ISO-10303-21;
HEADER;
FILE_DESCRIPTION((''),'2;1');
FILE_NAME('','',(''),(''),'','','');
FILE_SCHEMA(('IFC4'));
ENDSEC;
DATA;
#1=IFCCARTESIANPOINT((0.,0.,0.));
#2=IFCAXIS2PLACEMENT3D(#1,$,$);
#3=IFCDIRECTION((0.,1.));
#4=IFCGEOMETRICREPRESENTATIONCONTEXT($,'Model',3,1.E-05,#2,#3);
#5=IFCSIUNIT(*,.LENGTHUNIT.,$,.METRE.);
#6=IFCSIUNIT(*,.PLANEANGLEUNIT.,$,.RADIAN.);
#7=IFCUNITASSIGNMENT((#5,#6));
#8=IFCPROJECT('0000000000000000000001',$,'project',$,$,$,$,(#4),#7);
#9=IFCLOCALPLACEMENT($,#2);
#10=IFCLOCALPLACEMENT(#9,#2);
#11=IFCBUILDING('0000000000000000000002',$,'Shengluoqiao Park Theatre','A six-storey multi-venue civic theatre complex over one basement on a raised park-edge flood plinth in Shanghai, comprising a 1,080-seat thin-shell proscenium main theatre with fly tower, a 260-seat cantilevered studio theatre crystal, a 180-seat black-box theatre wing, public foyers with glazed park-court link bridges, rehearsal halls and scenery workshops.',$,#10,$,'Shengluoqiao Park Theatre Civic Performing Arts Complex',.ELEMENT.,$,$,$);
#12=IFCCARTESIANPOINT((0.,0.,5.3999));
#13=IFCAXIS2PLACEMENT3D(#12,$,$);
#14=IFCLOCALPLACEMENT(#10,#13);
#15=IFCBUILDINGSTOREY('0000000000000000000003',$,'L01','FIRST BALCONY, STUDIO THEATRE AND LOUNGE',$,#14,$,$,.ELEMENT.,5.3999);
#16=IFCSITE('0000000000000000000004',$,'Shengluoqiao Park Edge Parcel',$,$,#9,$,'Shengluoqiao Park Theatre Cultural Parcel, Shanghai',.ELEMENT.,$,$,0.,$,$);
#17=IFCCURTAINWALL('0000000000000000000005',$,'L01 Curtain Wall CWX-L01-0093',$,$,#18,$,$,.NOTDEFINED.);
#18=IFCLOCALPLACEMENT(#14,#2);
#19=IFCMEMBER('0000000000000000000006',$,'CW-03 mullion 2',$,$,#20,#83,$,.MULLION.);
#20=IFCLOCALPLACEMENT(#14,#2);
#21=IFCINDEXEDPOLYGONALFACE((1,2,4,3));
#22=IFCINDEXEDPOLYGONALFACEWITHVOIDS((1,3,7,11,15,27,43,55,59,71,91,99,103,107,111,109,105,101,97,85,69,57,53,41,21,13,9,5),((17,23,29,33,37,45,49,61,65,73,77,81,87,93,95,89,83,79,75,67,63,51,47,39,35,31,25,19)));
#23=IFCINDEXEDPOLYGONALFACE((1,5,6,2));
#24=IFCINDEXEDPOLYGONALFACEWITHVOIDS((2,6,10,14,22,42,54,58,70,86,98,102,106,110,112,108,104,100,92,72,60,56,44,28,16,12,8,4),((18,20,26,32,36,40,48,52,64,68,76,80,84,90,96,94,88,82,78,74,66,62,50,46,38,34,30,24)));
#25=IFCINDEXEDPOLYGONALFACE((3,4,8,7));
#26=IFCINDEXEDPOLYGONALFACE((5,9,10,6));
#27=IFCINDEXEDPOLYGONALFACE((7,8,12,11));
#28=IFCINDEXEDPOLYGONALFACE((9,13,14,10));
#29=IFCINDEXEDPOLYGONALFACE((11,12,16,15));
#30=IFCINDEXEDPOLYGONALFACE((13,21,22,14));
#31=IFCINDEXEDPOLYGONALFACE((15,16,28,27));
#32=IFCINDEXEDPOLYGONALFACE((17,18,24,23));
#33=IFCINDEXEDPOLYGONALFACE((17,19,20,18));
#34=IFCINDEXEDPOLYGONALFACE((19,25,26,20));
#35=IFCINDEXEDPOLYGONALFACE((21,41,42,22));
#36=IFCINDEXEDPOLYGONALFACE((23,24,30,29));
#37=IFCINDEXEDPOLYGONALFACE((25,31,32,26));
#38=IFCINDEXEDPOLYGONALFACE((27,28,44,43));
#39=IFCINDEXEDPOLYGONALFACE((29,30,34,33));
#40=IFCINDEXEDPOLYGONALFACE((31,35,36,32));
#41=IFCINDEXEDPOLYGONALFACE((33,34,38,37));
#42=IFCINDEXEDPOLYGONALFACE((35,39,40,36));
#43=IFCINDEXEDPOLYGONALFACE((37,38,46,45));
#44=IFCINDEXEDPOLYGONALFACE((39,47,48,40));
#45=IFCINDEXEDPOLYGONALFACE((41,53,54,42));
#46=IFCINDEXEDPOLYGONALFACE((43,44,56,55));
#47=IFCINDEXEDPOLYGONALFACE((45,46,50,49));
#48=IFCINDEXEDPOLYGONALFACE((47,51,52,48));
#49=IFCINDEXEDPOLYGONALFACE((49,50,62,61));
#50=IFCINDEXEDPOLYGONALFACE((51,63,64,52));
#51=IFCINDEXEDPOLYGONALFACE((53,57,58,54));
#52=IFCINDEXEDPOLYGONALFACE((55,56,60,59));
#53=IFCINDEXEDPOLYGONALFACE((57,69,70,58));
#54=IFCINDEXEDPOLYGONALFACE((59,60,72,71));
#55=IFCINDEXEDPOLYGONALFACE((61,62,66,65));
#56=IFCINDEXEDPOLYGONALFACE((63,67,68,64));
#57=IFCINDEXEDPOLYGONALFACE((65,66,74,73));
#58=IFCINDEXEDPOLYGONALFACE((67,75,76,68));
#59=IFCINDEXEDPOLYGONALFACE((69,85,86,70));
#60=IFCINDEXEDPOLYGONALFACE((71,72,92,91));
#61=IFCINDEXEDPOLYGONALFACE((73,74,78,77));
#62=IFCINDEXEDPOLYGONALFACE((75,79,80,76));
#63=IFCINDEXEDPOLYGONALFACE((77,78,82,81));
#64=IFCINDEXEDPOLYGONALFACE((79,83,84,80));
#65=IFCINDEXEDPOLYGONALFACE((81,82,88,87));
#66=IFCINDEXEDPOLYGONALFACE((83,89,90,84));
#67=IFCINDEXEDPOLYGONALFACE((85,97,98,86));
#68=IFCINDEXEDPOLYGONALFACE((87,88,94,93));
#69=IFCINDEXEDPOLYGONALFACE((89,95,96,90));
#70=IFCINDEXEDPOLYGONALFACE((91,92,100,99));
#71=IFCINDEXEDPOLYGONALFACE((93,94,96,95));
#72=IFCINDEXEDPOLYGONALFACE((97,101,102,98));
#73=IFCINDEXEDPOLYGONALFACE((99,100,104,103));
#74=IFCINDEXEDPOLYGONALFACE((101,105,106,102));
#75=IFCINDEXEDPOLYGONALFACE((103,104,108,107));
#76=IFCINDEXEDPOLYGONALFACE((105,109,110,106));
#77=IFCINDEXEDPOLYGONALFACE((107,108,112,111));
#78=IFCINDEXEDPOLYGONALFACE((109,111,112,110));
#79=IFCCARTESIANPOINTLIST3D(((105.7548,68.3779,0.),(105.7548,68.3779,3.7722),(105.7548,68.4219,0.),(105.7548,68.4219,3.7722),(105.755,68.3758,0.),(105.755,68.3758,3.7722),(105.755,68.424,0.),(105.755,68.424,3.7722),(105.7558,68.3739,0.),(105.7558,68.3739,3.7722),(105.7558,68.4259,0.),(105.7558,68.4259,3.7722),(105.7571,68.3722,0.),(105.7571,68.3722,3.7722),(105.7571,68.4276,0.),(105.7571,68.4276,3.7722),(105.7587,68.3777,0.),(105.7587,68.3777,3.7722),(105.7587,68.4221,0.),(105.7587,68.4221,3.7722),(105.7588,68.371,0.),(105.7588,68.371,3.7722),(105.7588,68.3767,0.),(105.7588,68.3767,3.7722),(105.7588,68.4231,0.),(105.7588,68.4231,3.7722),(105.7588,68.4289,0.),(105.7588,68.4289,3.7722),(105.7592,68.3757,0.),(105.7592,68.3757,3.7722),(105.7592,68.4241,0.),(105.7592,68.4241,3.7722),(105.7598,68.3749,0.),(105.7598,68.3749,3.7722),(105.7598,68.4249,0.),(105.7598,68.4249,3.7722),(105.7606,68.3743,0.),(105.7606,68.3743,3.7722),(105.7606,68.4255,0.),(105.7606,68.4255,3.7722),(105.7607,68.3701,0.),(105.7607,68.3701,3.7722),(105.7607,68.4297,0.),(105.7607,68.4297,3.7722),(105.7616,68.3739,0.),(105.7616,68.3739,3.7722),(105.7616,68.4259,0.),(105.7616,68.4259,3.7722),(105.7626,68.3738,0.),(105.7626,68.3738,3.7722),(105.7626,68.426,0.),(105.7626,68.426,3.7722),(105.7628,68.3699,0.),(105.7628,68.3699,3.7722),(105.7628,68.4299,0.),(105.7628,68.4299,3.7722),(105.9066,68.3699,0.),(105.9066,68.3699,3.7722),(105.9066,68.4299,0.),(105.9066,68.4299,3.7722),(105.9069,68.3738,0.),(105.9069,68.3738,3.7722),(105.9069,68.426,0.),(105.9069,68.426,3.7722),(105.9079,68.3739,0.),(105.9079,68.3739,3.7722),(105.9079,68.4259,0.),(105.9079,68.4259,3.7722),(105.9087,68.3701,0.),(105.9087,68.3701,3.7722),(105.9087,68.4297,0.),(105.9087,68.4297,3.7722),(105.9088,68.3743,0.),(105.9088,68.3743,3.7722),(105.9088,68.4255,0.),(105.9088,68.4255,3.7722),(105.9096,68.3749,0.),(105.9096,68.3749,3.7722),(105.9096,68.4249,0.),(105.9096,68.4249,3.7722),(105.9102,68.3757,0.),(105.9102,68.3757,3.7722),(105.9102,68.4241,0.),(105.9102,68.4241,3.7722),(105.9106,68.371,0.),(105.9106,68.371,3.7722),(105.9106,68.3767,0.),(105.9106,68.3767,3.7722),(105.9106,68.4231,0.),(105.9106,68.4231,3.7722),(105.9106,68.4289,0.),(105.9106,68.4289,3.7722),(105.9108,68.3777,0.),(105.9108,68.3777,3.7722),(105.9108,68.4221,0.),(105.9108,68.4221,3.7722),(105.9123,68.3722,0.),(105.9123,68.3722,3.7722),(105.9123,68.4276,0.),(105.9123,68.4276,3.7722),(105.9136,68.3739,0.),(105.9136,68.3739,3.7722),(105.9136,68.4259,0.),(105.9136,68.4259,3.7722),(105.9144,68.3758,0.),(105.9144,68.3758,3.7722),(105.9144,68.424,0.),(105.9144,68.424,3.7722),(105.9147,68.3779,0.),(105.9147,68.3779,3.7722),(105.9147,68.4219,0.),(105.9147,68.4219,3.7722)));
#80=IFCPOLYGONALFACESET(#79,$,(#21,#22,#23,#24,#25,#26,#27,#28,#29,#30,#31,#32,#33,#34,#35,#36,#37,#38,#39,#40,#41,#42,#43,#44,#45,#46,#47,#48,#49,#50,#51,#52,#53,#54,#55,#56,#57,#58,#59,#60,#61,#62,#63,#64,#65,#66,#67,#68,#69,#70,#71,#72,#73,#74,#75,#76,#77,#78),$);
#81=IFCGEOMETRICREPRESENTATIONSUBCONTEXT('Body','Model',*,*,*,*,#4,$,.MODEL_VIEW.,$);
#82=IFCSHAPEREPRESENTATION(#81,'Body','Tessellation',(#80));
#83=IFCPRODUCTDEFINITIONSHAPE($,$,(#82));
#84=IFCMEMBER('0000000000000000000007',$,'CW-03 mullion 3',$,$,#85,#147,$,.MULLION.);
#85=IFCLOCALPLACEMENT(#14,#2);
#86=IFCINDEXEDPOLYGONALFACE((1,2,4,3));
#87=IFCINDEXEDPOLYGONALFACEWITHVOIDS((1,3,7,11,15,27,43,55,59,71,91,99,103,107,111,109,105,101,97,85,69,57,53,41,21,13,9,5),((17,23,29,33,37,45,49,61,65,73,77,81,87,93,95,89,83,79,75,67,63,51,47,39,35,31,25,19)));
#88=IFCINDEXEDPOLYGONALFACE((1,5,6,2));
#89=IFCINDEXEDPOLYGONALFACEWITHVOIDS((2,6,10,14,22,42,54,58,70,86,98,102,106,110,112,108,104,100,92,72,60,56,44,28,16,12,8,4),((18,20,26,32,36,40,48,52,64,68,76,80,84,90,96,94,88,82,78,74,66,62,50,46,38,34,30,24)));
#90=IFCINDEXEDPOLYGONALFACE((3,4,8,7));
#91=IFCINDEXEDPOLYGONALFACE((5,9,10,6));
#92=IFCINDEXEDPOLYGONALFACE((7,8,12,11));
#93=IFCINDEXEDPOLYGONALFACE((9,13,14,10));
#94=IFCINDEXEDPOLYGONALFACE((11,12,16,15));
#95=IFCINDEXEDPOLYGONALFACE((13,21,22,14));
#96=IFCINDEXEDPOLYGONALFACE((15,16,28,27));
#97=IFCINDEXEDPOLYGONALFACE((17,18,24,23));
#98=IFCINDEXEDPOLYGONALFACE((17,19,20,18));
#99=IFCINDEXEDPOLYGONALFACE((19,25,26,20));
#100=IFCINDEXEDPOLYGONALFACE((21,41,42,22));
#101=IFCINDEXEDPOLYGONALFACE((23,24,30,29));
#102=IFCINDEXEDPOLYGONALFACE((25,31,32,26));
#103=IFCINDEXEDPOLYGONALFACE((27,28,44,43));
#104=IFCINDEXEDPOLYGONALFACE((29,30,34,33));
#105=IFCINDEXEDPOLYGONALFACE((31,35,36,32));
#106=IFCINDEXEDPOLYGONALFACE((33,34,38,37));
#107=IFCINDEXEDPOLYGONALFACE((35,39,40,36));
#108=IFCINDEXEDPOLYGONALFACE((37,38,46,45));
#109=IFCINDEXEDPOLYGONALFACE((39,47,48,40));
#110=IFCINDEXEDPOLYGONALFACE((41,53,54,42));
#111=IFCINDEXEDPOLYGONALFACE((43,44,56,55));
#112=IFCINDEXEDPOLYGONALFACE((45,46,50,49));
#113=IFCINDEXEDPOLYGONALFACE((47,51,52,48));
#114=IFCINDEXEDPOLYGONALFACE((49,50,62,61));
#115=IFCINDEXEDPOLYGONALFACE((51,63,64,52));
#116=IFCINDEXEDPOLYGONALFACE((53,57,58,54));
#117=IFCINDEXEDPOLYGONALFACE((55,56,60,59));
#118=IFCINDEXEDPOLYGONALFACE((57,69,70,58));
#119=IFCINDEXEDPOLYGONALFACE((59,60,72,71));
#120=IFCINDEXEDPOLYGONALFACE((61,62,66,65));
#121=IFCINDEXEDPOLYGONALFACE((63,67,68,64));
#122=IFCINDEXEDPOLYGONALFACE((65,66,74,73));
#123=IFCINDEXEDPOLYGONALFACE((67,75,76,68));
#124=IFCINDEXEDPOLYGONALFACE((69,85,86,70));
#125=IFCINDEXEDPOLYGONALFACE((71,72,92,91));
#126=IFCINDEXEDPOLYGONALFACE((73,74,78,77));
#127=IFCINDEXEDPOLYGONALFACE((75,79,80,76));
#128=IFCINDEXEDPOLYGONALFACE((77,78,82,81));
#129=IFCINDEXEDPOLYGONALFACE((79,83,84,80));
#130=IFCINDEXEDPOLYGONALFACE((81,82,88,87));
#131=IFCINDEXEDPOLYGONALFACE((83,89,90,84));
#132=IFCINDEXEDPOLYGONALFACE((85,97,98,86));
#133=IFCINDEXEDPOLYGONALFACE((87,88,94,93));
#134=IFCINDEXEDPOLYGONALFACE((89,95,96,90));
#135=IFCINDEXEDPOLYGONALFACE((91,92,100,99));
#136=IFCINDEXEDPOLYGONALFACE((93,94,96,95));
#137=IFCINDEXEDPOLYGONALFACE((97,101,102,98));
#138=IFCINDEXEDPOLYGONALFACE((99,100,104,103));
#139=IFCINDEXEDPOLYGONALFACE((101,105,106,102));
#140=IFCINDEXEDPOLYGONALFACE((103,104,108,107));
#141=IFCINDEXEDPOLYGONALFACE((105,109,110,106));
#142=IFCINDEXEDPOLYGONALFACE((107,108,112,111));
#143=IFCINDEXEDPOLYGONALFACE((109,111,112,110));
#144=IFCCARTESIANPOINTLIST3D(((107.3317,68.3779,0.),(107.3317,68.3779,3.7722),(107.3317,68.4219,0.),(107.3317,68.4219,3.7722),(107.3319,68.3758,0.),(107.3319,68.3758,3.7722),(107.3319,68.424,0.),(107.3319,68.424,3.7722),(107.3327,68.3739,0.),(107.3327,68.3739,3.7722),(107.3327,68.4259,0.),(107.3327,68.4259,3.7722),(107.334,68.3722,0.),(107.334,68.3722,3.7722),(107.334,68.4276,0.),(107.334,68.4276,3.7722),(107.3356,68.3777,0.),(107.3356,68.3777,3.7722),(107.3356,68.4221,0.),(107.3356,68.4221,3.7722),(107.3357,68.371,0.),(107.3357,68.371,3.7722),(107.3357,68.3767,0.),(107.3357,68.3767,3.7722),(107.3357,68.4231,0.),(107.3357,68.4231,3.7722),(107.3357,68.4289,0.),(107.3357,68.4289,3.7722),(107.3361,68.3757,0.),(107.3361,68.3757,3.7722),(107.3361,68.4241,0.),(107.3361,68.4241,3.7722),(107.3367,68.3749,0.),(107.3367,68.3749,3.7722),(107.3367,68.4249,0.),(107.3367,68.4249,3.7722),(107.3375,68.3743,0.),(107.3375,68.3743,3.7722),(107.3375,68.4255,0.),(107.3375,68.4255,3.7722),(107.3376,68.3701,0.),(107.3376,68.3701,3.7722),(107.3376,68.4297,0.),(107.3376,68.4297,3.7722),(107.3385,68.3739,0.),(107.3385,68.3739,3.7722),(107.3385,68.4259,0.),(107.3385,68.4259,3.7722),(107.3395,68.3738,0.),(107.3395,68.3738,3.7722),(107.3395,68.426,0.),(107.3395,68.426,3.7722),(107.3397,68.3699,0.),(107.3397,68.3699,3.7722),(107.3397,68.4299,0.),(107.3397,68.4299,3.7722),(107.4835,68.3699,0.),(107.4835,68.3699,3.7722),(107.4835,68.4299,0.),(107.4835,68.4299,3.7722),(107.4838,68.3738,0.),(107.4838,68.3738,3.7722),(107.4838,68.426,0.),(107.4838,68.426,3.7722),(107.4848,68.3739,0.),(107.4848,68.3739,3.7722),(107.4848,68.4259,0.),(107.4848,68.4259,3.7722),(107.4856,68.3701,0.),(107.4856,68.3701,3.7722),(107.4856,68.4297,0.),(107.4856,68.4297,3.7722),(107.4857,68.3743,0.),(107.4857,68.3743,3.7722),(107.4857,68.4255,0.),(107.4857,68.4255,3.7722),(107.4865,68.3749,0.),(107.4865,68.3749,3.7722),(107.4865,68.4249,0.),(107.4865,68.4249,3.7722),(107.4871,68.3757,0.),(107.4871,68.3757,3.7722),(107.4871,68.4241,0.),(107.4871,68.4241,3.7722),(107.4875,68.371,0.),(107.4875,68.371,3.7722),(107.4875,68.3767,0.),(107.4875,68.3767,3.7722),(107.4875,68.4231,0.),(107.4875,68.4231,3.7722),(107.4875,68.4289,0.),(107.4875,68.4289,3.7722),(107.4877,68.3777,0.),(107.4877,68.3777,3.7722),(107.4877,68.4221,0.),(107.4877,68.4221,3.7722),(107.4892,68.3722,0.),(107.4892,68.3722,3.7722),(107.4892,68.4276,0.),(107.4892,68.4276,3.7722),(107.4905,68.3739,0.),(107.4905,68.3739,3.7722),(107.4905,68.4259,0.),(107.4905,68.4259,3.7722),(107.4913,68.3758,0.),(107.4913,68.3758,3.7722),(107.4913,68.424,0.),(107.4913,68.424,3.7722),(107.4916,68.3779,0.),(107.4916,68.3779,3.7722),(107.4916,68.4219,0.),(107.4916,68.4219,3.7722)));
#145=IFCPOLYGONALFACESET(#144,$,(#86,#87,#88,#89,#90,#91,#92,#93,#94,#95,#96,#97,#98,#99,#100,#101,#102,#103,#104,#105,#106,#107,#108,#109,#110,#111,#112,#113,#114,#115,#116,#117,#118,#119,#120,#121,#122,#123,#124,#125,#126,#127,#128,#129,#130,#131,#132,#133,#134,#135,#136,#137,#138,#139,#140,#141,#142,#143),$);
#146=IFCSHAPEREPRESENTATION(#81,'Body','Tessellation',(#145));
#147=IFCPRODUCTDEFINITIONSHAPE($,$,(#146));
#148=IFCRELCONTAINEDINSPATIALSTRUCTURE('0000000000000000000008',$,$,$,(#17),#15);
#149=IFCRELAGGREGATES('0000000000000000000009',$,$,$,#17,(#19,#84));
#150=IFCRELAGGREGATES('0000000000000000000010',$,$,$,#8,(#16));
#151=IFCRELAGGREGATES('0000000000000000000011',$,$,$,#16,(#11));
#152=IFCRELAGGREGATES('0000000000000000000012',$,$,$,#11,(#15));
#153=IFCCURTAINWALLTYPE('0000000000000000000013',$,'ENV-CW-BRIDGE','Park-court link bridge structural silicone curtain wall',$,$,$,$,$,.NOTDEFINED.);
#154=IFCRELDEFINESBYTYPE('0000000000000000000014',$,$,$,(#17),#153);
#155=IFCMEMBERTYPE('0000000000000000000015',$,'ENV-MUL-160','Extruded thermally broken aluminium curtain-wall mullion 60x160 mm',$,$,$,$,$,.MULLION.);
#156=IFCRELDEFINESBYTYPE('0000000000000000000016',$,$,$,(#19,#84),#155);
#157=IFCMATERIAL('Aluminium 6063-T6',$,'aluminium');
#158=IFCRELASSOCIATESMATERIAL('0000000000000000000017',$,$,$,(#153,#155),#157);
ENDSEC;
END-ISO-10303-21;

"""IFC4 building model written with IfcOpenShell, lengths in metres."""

from ifc_helpers import new_model, si_unit, direction, frame, origin, origin_2d, place, context, subcontext, project, spatial, hollow_rectangle, extrude, material, material_profile, profile_set, type_object, element, aggregate, save


model = new_model("IFC4")

# Units and contexts
model_context = context("Model", 3, precision=1e-05, world=origin(), true_north=direction((0.0, 1.0)))
body_context = subcontext(model_context, "Body", "Model", "MODEL_VIEW")
ifc_project = project(units=[si_unit("LENGTHUNIT", "METRE"), si_unit("PLANEANGLEUNIT", "RADIAN")], contexts=[model_context])

# Site, building, storey
site_placement = place(None, origin())
site = spatial("IfcSite", under=ifc_project, at=site_placement, Name="Shengluoqiao Park Edge Parcel", LongName="Shengluoqiao Park Theatre Cultural Parcel, Shanghai", CompositionType="ELEMENT", RefElevation=0.0)
building_placement = place(site_placement, origin())
building = spatial("IfcBuilding", under=site, at=building_placement, Name="Shengluoqiao Park Theatre", Description="A six-storey multi-venue civic theatre complex over one basement on a raised park-edge flood plinth in Shanghai, comprising a 1,080-seat thin-shell proscenium main theatre with fly tower, a 260-seat cantilevered studio theatre crystal, a 180-seat black-box theatre wing, public foyers with glazed park-court link bridges, rehearsal halls and scenery workshops.", LongName="Shengluoqiao Park Theatre Civic Performing Arts Complex", CompositionType="ELEMENT")
storey_placement = place(building_placement, frame((0.0, 0.0, 5.3999)))
storey = spatial("IfcBuildingStorey", under=building, at=storey_placement, Name="L01", Description="FIRST BALCONY, STUDIO THEATRE AND LOUNGE", CompositionType="ELEMENT", Elevation=5.3999)

# Curtain wall, members
ifc_material_1 = material(Name="Aluminium 6063-T6", Category="aluminium")
curtain_wall_type = type_object("IfcCurtainWallType", Name="ENV-CW-BRIDGE", Description="Park-court link bridge structural silicone curtain wall", PredefinedType="NOTDEFINED", material=ifc_material_1)
ifc_material_profile_1 = material_profile(ifc_material_1, hollow_rectangle(XDim=0.0601, YDim=0.1599, WallThickness=0.0039, InnerFilletRadius=0.0039, OuterFilletRadius=0.0081, at=origin_2d()), Name="ALU MULLION 160x60x4")
ifc_profile_set_1 = profile_set([ifc_material_profile_1], Name="Aluminium 6063-T6")
member_type_1 = type_object("IfcMemberType", Name="ENV-MUL-160", Description="Extruded thermally broken aluminium curtain-wall mullion 60x160 mm", PredefinedType="MULLION", material=ifc_profile_set_1)
curtain_wall_1_placement = place(storey_placement, origin())
curtain_wall_1 = element("IfcCurtainWall", 1, at=curtain_wall_1_placement, inside=storey, type_object=curtain_wall_type, Name="L01 Curtain Wall CWX-L01-0093", PredefinedType="NOTDEFINED")
member_1_placement = place(storey_placement, frame((105.8347, 68.3999, 0.0), z_axis=(0.0, 0.0, 1.0), x_axis=(0.0, 1.0, 0.0)))
member_1 = element("IfcMember", 2, at=member_1_placement, type_object=member_type_1, Name="CW-03 mullion 2", PredefinedType="MULLION", context=body_context, shape_type="SweptSolid", body=[
    extrude(hollow_rectangle(XDim=0.0601, YDim=0.1599, WallThickness=0.0039, InnerFilletRadius=0.0039, OuterFilletRadius=0.0081, at=origin_2d()), origin(), (0.0, 0.0, 1.0), 3.7722),
])
member_2_placement = place(storey_placement, frame((107.4116, 68.3999, 0.0), z_axis=(0.0, 0.0, 1.0), x_axis=(0.0, 1.0, 0.0)))
member_2 = element("IfcMember", 3, at=member_2_placement, type_object=member_type_1, Name="CW-03 mullion 3", PredefinedType="MULLION", context=body_context, shape_type="SweptSolid", body=[
    extrude(hollow_rectangle(XDim=0.0601, YDim=0.1599, WallThickness=0.0039, InnerFilletRadius=0.0039, OuterFilletRadius=0.0081, at=origin_2d()), origin(), (0.0, 0.0, 1.0), 3.7722),
])

aggregate(curtain_wall_1, [member_1, member_2])

save(model, "model.ifc")
